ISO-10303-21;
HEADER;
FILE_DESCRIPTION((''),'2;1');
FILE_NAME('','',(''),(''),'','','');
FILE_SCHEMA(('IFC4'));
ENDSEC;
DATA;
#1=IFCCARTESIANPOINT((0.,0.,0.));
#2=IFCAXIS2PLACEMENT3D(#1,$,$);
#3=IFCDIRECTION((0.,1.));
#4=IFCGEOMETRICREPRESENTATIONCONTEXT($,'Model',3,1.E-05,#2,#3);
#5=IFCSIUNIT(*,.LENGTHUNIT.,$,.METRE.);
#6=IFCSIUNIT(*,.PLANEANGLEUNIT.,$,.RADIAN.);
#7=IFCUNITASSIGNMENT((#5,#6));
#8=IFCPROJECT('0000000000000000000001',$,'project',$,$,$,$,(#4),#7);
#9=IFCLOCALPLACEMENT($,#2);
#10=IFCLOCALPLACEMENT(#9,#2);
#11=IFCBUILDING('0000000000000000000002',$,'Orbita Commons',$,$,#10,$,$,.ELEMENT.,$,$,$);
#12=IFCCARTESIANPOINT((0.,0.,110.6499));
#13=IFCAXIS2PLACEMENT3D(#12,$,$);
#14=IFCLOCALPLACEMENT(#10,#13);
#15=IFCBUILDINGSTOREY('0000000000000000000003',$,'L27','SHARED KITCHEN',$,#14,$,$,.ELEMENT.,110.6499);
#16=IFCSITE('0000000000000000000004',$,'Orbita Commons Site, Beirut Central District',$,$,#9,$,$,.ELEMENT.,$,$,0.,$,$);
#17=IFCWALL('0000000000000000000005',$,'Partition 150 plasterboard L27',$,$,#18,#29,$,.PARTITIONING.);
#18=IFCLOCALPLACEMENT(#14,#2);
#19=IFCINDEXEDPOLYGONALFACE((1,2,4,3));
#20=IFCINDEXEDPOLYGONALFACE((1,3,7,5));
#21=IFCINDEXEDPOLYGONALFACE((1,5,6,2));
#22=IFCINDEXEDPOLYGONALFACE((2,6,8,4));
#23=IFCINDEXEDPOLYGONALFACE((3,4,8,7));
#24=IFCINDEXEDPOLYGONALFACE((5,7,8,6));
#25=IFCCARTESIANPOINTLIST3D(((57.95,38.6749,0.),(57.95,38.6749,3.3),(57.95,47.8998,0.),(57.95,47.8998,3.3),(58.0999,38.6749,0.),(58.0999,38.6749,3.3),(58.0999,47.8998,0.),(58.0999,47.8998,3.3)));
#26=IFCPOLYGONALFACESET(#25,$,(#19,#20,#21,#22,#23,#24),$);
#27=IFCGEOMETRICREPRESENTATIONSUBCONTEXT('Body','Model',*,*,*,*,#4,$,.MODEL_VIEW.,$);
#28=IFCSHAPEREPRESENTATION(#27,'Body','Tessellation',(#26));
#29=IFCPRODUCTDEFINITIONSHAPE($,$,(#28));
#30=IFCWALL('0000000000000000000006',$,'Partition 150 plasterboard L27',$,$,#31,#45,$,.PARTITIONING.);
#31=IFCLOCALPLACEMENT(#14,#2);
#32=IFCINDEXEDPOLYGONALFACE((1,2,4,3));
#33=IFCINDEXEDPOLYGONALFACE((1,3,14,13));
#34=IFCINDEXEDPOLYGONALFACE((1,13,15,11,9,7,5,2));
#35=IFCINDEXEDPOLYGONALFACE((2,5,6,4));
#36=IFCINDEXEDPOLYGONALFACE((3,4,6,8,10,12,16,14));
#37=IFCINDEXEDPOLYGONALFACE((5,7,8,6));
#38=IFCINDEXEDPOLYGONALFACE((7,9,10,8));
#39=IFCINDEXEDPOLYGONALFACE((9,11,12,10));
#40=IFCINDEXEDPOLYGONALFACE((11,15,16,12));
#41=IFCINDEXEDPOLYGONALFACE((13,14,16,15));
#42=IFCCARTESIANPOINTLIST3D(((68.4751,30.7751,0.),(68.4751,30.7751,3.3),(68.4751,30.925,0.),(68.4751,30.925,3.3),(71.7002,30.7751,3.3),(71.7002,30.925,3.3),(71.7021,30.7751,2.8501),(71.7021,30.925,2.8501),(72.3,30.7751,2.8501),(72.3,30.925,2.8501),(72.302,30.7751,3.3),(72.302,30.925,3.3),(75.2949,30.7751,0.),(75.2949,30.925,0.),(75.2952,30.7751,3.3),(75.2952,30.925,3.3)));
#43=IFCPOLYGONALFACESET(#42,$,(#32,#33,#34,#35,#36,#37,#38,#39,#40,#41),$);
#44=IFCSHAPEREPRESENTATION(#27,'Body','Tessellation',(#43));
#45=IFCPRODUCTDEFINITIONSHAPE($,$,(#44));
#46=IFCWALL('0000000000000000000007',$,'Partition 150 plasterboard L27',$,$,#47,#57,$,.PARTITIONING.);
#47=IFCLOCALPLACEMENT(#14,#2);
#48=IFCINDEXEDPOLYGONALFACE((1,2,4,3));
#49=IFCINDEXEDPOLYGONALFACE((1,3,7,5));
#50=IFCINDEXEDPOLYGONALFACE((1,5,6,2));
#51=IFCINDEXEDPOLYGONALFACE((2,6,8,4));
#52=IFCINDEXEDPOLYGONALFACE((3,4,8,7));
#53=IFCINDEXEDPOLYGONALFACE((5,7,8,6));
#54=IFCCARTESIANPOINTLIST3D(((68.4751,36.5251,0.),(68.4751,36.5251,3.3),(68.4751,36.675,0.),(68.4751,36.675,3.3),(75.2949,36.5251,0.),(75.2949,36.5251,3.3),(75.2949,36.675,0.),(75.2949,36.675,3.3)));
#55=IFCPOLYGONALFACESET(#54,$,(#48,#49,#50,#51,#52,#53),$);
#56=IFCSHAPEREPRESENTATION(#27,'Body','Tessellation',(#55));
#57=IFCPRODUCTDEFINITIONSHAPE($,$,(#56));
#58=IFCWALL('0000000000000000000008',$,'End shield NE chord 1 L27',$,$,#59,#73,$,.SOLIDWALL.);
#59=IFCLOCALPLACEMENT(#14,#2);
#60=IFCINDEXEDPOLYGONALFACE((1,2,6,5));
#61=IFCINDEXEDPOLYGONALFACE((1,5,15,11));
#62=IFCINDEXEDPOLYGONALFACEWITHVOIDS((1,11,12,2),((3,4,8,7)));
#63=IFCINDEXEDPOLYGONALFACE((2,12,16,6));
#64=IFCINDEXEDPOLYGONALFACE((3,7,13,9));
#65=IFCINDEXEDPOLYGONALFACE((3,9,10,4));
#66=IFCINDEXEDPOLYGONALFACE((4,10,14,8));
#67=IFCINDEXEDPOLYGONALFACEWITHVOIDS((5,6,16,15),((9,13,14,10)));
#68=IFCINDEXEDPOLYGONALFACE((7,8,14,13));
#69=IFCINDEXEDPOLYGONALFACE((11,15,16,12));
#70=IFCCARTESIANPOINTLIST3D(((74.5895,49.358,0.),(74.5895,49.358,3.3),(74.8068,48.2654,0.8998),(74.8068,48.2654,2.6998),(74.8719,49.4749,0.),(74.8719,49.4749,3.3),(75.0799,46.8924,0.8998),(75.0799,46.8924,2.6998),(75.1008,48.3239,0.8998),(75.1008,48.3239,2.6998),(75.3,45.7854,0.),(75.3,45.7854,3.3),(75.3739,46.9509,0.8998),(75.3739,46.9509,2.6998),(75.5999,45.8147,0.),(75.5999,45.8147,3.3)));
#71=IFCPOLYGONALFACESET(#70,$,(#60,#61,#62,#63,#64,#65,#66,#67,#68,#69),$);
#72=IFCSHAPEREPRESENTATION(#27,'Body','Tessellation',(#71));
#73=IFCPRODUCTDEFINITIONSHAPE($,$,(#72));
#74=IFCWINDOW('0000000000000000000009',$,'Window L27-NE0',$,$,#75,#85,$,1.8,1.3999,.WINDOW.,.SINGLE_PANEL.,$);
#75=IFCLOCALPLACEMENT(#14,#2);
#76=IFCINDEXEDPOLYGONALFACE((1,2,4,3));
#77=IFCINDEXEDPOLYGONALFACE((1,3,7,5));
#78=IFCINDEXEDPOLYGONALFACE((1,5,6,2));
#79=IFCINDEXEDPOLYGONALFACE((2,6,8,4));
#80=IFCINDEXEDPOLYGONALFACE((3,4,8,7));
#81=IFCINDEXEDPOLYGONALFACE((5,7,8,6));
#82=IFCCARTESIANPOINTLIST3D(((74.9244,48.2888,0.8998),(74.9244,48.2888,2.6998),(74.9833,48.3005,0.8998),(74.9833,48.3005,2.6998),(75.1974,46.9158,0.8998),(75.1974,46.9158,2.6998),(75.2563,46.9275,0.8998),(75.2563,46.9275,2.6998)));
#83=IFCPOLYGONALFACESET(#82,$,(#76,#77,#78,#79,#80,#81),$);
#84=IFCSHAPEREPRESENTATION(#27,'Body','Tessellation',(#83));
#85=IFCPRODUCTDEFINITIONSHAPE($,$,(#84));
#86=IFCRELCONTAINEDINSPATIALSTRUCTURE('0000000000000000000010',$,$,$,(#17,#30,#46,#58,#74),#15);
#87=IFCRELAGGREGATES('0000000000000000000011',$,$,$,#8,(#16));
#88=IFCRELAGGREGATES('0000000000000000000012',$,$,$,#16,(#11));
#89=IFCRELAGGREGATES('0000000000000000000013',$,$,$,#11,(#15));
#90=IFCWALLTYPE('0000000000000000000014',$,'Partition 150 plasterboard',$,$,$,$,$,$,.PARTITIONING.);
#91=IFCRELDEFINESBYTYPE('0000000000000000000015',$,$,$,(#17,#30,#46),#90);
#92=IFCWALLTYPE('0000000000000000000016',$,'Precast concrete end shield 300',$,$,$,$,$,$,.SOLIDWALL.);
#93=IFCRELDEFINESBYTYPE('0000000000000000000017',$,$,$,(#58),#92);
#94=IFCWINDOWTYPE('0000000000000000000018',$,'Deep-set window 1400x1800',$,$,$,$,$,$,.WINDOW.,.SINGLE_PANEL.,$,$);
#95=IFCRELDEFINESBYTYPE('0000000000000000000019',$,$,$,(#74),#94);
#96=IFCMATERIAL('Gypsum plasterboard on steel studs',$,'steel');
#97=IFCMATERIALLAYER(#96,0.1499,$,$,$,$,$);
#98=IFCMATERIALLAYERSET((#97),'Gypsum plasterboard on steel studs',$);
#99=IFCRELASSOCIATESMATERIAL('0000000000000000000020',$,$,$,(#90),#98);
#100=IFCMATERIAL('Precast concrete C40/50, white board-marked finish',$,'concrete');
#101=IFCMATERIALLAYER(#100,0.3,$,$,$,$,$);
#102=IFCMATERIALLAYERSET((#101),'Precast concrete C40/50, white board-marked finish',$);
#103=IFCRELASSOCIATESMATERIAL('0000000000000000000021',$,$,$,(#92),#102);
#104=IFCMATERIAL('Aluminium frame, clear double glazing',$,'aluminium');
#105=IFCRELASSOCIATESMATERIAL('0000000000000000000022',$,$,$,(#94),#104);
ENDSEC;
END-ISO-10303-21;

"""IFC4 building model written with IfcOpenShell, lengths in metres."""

from ifc_helpers import new_model, si_unit, direction, frame, frame_2d, origin, place, context, subcontext, project, spatial, polyline, rectangle, outline, extrude, material, layer, layer_set, type_object, element, fill, save


model = new_model("IFC4")

# Units and contexts
model_context = context("Model", 3, precision=1e-05, world=origin(), true_north=direction((0.0, 1.0)))
body_context = subcontext(model_context, "Body", "Model", "MODEL_VIEW")
ifc_project = project(units=[si_unit("LENGTHUNIT", "METRE"), si_unit("PLANEANGLEUNIT", "RADIAN")], contexts=[model_context])

# Site, building, storey
site_placement = place(None, origin())
site = spatial("IfcSite", under=ifc_project, at=site_placement, Name="Orbita Commons Site, Beirut Central District", CompositionType="ELEMENT", RefElevation=0.0)
building_placement = place(site_placement, origin())
building = spatial("IfcBuilding", under=site, at=building_placement, Name="Orbita Commons", CompositionType="ELEMENT")
storey_placement = place(building_placement, frame((0.0, 0.0, 110.6499)))
storey = spatial("IfcBuildingStorey", under=building, at=storey_placement, Name="L27", Description="SHARED KITCHEN", CompositionType="ELEMENT", Elevation=110.6499)

# Walls
ifc_material_1 = material(Name="Gypsum plasterboard on steel studs", Category="steel")
ifc_layer_1 = layer(ifc_material_1, 0.1499)
ifc_layer_set_1 = layer_set([ifc_layer_1], Name="Gypsum plasterboard on steel studs")
wall_type_1 = type_object("IfcWallType", Name="Partition 150 plasterboard", PredefinedType="PARTITIONING", material=ifc_layer_set_1)
wall_1_placement = place(storey_placement, frame((58.0249, 38.675, 0.0), z_axis=(0.0, 0.0, 1.0), x_axis=(0.0, 1.0, 0.0)))
element("IfcWall", 1, at=wall_1_placement, inside=storey, type_object=wall_type_1, Name="Partition 150 plasterboard L27", PredefinedType="PARTITIONING", context=body_context, shape_type="SweptSolid", body=[
    extrude(rectangle(XDim=9.2249, YDim=0.1499, at=frame_2d((4.6123, 0.0))), origin(), (0.0, 0.0, 1.0), 3.3),
])
wall_2_placement = place(storey_placement, frame((68.4751, 30.8501, 0.0), z_axis=(0.0, 0.0, 1.0), x_axis=(1.0, 0.0, 0.0)))
element("IfcWall", 2, at=wall_2_placement, inside=storey, type_object=wall_type_1, Name="Partition 150 plasterboard L27", PredefinedType="PARTITIONING", context=body_context, shape_type="SweptSolid", body=[
    extrude(outline(polyline([(0.0, 0.0), (6.8198, 0.0), (6.8201, 3.3), (3.8269, 3.3), (3.825, 2.8501), (3.2271, 2.8501), (3.2251, 3.3), (0.0, 3.3), (0.0, 0.0)])), frame((0.0, 0.075, 0.0), z_axis=(0.0, -1.0, 0.0), x_axis=(1.0, 0.0, 0.0)), (0.0, 0.0, 1.0), 0.1499),
])
wall_3_placement = place(storey_placement, frame((68.4751, 36.6001, 0.0), z_axis=(0.0, 0.0, 1.0), x_axis=(1.0, 0.0, 0.0)))
element("IfcWall", 3, at=wall_3_placement, inside=storey, type_object=wall_type_1, Name="Partition 150 plasterboard L27", PredefinedType="PARTITIONING", context=body_context, shape_type="SweptSolid", body=[
    extrude(rectangle(XDim=6.8198, YDim=0.1499, at=frame_2d((3.4099, 0.0))), origin(), (0.0, 0.0, 1.0), 3.3),
])

# Wall, opening, window
ifc_material_2 = material(Name="Precast concrete C40/50, white board-marked finish", Category="concrete")
ifc_layer_2 = layer(ifc_material_2, 0.3)
ifc_layer_set_2 = layer_set([ifc_layer_2], Name="Precast concrete C40/50, white board-marked finish")
wall_type_2 = type_object("IfcWallType", Name="Precast concrete end shield 300", PredefinedType="SOLIDWALL", material=ifc_layer_set_2)
wall_4_placement = place(storey_placement, frame((75.45, 45.8, 0.0), z_axis=(0.0, 0.0, 1.0), x_axis=(-0.195059, 0.980791, 0.0)))
wall_4 = element("IfcWall", 4, at=wall_4_placement, inside=storey, type_object=wall_type_2, Name="End shield NE chord 1 L27", PredefinedType="SOLIDWALL", context=body_context, shape_type="SweptSolid", body=[
    extrude(outline(polyline([(-0.0149, -0.1499), (3.717, -0.1499), (3.6575, 0.1499), (0.0149, 0.1499), (-0.0149, -0.1499)])), origin(), (0.0, 0.0, 1.0), 3.3),
])
opening_1_placement = place(wall_4_placement, frame((1.1436, 0.0, 0.8999)))
opening_1 = element("IfcOpeningElement", 5, at=opening_1_placement, cuts=wall_4, PredefinedType="OPENING", context=body_context, shape_type="SweptSolid", body=[
    extrude(rectangle(XDim=1.3999, YDim=1.8, at=frame_2d((0.7, 0.8999))), frame((0.0, 0.1599, 0.0), z_axis=(0.0, -1.0, 0.0), x_axis=(1.0, 0.0, 0.0)), (0.0, 0.0, 1.0), 0.3201),
])
ifc_material_3 = material(Name="Aluminium frame, clear double glazing", Category="aluminium")
window_type = type_object("IfcWindowType", Name="Deep-set window 1400x1800", PartitioningType="SINGLE_PANEL", PredefinedType="WINDOW", material=ifc_material_3)
window_placement = place(opening_1_placement, origin())
window = element("IfcWindow", 6, at=window_placement, inside=storey, type_object=window_type, Name="Window L27-NE0", OverallHeight=1.8, OverallWidth=1.3999, PartitioningType="SINGLE_PANEL", PredefinedType="WINDOW", context=body_context, shape_type="SweptSolid", body=[
    extrude(rectangle(XDim=1.3999, YDim=1.8, at=frame_2d((0.7, 0.8999))), frame((0.0, 0.03, 0.0), z_axis=(0.0, -1.0, 0.0), x_axis=(1.0, 0.0, 0.0)), (0.0, 0.0, 1.0), 0.0601),
])
fill(opening_1, window)

save(model, "model.ifc")
